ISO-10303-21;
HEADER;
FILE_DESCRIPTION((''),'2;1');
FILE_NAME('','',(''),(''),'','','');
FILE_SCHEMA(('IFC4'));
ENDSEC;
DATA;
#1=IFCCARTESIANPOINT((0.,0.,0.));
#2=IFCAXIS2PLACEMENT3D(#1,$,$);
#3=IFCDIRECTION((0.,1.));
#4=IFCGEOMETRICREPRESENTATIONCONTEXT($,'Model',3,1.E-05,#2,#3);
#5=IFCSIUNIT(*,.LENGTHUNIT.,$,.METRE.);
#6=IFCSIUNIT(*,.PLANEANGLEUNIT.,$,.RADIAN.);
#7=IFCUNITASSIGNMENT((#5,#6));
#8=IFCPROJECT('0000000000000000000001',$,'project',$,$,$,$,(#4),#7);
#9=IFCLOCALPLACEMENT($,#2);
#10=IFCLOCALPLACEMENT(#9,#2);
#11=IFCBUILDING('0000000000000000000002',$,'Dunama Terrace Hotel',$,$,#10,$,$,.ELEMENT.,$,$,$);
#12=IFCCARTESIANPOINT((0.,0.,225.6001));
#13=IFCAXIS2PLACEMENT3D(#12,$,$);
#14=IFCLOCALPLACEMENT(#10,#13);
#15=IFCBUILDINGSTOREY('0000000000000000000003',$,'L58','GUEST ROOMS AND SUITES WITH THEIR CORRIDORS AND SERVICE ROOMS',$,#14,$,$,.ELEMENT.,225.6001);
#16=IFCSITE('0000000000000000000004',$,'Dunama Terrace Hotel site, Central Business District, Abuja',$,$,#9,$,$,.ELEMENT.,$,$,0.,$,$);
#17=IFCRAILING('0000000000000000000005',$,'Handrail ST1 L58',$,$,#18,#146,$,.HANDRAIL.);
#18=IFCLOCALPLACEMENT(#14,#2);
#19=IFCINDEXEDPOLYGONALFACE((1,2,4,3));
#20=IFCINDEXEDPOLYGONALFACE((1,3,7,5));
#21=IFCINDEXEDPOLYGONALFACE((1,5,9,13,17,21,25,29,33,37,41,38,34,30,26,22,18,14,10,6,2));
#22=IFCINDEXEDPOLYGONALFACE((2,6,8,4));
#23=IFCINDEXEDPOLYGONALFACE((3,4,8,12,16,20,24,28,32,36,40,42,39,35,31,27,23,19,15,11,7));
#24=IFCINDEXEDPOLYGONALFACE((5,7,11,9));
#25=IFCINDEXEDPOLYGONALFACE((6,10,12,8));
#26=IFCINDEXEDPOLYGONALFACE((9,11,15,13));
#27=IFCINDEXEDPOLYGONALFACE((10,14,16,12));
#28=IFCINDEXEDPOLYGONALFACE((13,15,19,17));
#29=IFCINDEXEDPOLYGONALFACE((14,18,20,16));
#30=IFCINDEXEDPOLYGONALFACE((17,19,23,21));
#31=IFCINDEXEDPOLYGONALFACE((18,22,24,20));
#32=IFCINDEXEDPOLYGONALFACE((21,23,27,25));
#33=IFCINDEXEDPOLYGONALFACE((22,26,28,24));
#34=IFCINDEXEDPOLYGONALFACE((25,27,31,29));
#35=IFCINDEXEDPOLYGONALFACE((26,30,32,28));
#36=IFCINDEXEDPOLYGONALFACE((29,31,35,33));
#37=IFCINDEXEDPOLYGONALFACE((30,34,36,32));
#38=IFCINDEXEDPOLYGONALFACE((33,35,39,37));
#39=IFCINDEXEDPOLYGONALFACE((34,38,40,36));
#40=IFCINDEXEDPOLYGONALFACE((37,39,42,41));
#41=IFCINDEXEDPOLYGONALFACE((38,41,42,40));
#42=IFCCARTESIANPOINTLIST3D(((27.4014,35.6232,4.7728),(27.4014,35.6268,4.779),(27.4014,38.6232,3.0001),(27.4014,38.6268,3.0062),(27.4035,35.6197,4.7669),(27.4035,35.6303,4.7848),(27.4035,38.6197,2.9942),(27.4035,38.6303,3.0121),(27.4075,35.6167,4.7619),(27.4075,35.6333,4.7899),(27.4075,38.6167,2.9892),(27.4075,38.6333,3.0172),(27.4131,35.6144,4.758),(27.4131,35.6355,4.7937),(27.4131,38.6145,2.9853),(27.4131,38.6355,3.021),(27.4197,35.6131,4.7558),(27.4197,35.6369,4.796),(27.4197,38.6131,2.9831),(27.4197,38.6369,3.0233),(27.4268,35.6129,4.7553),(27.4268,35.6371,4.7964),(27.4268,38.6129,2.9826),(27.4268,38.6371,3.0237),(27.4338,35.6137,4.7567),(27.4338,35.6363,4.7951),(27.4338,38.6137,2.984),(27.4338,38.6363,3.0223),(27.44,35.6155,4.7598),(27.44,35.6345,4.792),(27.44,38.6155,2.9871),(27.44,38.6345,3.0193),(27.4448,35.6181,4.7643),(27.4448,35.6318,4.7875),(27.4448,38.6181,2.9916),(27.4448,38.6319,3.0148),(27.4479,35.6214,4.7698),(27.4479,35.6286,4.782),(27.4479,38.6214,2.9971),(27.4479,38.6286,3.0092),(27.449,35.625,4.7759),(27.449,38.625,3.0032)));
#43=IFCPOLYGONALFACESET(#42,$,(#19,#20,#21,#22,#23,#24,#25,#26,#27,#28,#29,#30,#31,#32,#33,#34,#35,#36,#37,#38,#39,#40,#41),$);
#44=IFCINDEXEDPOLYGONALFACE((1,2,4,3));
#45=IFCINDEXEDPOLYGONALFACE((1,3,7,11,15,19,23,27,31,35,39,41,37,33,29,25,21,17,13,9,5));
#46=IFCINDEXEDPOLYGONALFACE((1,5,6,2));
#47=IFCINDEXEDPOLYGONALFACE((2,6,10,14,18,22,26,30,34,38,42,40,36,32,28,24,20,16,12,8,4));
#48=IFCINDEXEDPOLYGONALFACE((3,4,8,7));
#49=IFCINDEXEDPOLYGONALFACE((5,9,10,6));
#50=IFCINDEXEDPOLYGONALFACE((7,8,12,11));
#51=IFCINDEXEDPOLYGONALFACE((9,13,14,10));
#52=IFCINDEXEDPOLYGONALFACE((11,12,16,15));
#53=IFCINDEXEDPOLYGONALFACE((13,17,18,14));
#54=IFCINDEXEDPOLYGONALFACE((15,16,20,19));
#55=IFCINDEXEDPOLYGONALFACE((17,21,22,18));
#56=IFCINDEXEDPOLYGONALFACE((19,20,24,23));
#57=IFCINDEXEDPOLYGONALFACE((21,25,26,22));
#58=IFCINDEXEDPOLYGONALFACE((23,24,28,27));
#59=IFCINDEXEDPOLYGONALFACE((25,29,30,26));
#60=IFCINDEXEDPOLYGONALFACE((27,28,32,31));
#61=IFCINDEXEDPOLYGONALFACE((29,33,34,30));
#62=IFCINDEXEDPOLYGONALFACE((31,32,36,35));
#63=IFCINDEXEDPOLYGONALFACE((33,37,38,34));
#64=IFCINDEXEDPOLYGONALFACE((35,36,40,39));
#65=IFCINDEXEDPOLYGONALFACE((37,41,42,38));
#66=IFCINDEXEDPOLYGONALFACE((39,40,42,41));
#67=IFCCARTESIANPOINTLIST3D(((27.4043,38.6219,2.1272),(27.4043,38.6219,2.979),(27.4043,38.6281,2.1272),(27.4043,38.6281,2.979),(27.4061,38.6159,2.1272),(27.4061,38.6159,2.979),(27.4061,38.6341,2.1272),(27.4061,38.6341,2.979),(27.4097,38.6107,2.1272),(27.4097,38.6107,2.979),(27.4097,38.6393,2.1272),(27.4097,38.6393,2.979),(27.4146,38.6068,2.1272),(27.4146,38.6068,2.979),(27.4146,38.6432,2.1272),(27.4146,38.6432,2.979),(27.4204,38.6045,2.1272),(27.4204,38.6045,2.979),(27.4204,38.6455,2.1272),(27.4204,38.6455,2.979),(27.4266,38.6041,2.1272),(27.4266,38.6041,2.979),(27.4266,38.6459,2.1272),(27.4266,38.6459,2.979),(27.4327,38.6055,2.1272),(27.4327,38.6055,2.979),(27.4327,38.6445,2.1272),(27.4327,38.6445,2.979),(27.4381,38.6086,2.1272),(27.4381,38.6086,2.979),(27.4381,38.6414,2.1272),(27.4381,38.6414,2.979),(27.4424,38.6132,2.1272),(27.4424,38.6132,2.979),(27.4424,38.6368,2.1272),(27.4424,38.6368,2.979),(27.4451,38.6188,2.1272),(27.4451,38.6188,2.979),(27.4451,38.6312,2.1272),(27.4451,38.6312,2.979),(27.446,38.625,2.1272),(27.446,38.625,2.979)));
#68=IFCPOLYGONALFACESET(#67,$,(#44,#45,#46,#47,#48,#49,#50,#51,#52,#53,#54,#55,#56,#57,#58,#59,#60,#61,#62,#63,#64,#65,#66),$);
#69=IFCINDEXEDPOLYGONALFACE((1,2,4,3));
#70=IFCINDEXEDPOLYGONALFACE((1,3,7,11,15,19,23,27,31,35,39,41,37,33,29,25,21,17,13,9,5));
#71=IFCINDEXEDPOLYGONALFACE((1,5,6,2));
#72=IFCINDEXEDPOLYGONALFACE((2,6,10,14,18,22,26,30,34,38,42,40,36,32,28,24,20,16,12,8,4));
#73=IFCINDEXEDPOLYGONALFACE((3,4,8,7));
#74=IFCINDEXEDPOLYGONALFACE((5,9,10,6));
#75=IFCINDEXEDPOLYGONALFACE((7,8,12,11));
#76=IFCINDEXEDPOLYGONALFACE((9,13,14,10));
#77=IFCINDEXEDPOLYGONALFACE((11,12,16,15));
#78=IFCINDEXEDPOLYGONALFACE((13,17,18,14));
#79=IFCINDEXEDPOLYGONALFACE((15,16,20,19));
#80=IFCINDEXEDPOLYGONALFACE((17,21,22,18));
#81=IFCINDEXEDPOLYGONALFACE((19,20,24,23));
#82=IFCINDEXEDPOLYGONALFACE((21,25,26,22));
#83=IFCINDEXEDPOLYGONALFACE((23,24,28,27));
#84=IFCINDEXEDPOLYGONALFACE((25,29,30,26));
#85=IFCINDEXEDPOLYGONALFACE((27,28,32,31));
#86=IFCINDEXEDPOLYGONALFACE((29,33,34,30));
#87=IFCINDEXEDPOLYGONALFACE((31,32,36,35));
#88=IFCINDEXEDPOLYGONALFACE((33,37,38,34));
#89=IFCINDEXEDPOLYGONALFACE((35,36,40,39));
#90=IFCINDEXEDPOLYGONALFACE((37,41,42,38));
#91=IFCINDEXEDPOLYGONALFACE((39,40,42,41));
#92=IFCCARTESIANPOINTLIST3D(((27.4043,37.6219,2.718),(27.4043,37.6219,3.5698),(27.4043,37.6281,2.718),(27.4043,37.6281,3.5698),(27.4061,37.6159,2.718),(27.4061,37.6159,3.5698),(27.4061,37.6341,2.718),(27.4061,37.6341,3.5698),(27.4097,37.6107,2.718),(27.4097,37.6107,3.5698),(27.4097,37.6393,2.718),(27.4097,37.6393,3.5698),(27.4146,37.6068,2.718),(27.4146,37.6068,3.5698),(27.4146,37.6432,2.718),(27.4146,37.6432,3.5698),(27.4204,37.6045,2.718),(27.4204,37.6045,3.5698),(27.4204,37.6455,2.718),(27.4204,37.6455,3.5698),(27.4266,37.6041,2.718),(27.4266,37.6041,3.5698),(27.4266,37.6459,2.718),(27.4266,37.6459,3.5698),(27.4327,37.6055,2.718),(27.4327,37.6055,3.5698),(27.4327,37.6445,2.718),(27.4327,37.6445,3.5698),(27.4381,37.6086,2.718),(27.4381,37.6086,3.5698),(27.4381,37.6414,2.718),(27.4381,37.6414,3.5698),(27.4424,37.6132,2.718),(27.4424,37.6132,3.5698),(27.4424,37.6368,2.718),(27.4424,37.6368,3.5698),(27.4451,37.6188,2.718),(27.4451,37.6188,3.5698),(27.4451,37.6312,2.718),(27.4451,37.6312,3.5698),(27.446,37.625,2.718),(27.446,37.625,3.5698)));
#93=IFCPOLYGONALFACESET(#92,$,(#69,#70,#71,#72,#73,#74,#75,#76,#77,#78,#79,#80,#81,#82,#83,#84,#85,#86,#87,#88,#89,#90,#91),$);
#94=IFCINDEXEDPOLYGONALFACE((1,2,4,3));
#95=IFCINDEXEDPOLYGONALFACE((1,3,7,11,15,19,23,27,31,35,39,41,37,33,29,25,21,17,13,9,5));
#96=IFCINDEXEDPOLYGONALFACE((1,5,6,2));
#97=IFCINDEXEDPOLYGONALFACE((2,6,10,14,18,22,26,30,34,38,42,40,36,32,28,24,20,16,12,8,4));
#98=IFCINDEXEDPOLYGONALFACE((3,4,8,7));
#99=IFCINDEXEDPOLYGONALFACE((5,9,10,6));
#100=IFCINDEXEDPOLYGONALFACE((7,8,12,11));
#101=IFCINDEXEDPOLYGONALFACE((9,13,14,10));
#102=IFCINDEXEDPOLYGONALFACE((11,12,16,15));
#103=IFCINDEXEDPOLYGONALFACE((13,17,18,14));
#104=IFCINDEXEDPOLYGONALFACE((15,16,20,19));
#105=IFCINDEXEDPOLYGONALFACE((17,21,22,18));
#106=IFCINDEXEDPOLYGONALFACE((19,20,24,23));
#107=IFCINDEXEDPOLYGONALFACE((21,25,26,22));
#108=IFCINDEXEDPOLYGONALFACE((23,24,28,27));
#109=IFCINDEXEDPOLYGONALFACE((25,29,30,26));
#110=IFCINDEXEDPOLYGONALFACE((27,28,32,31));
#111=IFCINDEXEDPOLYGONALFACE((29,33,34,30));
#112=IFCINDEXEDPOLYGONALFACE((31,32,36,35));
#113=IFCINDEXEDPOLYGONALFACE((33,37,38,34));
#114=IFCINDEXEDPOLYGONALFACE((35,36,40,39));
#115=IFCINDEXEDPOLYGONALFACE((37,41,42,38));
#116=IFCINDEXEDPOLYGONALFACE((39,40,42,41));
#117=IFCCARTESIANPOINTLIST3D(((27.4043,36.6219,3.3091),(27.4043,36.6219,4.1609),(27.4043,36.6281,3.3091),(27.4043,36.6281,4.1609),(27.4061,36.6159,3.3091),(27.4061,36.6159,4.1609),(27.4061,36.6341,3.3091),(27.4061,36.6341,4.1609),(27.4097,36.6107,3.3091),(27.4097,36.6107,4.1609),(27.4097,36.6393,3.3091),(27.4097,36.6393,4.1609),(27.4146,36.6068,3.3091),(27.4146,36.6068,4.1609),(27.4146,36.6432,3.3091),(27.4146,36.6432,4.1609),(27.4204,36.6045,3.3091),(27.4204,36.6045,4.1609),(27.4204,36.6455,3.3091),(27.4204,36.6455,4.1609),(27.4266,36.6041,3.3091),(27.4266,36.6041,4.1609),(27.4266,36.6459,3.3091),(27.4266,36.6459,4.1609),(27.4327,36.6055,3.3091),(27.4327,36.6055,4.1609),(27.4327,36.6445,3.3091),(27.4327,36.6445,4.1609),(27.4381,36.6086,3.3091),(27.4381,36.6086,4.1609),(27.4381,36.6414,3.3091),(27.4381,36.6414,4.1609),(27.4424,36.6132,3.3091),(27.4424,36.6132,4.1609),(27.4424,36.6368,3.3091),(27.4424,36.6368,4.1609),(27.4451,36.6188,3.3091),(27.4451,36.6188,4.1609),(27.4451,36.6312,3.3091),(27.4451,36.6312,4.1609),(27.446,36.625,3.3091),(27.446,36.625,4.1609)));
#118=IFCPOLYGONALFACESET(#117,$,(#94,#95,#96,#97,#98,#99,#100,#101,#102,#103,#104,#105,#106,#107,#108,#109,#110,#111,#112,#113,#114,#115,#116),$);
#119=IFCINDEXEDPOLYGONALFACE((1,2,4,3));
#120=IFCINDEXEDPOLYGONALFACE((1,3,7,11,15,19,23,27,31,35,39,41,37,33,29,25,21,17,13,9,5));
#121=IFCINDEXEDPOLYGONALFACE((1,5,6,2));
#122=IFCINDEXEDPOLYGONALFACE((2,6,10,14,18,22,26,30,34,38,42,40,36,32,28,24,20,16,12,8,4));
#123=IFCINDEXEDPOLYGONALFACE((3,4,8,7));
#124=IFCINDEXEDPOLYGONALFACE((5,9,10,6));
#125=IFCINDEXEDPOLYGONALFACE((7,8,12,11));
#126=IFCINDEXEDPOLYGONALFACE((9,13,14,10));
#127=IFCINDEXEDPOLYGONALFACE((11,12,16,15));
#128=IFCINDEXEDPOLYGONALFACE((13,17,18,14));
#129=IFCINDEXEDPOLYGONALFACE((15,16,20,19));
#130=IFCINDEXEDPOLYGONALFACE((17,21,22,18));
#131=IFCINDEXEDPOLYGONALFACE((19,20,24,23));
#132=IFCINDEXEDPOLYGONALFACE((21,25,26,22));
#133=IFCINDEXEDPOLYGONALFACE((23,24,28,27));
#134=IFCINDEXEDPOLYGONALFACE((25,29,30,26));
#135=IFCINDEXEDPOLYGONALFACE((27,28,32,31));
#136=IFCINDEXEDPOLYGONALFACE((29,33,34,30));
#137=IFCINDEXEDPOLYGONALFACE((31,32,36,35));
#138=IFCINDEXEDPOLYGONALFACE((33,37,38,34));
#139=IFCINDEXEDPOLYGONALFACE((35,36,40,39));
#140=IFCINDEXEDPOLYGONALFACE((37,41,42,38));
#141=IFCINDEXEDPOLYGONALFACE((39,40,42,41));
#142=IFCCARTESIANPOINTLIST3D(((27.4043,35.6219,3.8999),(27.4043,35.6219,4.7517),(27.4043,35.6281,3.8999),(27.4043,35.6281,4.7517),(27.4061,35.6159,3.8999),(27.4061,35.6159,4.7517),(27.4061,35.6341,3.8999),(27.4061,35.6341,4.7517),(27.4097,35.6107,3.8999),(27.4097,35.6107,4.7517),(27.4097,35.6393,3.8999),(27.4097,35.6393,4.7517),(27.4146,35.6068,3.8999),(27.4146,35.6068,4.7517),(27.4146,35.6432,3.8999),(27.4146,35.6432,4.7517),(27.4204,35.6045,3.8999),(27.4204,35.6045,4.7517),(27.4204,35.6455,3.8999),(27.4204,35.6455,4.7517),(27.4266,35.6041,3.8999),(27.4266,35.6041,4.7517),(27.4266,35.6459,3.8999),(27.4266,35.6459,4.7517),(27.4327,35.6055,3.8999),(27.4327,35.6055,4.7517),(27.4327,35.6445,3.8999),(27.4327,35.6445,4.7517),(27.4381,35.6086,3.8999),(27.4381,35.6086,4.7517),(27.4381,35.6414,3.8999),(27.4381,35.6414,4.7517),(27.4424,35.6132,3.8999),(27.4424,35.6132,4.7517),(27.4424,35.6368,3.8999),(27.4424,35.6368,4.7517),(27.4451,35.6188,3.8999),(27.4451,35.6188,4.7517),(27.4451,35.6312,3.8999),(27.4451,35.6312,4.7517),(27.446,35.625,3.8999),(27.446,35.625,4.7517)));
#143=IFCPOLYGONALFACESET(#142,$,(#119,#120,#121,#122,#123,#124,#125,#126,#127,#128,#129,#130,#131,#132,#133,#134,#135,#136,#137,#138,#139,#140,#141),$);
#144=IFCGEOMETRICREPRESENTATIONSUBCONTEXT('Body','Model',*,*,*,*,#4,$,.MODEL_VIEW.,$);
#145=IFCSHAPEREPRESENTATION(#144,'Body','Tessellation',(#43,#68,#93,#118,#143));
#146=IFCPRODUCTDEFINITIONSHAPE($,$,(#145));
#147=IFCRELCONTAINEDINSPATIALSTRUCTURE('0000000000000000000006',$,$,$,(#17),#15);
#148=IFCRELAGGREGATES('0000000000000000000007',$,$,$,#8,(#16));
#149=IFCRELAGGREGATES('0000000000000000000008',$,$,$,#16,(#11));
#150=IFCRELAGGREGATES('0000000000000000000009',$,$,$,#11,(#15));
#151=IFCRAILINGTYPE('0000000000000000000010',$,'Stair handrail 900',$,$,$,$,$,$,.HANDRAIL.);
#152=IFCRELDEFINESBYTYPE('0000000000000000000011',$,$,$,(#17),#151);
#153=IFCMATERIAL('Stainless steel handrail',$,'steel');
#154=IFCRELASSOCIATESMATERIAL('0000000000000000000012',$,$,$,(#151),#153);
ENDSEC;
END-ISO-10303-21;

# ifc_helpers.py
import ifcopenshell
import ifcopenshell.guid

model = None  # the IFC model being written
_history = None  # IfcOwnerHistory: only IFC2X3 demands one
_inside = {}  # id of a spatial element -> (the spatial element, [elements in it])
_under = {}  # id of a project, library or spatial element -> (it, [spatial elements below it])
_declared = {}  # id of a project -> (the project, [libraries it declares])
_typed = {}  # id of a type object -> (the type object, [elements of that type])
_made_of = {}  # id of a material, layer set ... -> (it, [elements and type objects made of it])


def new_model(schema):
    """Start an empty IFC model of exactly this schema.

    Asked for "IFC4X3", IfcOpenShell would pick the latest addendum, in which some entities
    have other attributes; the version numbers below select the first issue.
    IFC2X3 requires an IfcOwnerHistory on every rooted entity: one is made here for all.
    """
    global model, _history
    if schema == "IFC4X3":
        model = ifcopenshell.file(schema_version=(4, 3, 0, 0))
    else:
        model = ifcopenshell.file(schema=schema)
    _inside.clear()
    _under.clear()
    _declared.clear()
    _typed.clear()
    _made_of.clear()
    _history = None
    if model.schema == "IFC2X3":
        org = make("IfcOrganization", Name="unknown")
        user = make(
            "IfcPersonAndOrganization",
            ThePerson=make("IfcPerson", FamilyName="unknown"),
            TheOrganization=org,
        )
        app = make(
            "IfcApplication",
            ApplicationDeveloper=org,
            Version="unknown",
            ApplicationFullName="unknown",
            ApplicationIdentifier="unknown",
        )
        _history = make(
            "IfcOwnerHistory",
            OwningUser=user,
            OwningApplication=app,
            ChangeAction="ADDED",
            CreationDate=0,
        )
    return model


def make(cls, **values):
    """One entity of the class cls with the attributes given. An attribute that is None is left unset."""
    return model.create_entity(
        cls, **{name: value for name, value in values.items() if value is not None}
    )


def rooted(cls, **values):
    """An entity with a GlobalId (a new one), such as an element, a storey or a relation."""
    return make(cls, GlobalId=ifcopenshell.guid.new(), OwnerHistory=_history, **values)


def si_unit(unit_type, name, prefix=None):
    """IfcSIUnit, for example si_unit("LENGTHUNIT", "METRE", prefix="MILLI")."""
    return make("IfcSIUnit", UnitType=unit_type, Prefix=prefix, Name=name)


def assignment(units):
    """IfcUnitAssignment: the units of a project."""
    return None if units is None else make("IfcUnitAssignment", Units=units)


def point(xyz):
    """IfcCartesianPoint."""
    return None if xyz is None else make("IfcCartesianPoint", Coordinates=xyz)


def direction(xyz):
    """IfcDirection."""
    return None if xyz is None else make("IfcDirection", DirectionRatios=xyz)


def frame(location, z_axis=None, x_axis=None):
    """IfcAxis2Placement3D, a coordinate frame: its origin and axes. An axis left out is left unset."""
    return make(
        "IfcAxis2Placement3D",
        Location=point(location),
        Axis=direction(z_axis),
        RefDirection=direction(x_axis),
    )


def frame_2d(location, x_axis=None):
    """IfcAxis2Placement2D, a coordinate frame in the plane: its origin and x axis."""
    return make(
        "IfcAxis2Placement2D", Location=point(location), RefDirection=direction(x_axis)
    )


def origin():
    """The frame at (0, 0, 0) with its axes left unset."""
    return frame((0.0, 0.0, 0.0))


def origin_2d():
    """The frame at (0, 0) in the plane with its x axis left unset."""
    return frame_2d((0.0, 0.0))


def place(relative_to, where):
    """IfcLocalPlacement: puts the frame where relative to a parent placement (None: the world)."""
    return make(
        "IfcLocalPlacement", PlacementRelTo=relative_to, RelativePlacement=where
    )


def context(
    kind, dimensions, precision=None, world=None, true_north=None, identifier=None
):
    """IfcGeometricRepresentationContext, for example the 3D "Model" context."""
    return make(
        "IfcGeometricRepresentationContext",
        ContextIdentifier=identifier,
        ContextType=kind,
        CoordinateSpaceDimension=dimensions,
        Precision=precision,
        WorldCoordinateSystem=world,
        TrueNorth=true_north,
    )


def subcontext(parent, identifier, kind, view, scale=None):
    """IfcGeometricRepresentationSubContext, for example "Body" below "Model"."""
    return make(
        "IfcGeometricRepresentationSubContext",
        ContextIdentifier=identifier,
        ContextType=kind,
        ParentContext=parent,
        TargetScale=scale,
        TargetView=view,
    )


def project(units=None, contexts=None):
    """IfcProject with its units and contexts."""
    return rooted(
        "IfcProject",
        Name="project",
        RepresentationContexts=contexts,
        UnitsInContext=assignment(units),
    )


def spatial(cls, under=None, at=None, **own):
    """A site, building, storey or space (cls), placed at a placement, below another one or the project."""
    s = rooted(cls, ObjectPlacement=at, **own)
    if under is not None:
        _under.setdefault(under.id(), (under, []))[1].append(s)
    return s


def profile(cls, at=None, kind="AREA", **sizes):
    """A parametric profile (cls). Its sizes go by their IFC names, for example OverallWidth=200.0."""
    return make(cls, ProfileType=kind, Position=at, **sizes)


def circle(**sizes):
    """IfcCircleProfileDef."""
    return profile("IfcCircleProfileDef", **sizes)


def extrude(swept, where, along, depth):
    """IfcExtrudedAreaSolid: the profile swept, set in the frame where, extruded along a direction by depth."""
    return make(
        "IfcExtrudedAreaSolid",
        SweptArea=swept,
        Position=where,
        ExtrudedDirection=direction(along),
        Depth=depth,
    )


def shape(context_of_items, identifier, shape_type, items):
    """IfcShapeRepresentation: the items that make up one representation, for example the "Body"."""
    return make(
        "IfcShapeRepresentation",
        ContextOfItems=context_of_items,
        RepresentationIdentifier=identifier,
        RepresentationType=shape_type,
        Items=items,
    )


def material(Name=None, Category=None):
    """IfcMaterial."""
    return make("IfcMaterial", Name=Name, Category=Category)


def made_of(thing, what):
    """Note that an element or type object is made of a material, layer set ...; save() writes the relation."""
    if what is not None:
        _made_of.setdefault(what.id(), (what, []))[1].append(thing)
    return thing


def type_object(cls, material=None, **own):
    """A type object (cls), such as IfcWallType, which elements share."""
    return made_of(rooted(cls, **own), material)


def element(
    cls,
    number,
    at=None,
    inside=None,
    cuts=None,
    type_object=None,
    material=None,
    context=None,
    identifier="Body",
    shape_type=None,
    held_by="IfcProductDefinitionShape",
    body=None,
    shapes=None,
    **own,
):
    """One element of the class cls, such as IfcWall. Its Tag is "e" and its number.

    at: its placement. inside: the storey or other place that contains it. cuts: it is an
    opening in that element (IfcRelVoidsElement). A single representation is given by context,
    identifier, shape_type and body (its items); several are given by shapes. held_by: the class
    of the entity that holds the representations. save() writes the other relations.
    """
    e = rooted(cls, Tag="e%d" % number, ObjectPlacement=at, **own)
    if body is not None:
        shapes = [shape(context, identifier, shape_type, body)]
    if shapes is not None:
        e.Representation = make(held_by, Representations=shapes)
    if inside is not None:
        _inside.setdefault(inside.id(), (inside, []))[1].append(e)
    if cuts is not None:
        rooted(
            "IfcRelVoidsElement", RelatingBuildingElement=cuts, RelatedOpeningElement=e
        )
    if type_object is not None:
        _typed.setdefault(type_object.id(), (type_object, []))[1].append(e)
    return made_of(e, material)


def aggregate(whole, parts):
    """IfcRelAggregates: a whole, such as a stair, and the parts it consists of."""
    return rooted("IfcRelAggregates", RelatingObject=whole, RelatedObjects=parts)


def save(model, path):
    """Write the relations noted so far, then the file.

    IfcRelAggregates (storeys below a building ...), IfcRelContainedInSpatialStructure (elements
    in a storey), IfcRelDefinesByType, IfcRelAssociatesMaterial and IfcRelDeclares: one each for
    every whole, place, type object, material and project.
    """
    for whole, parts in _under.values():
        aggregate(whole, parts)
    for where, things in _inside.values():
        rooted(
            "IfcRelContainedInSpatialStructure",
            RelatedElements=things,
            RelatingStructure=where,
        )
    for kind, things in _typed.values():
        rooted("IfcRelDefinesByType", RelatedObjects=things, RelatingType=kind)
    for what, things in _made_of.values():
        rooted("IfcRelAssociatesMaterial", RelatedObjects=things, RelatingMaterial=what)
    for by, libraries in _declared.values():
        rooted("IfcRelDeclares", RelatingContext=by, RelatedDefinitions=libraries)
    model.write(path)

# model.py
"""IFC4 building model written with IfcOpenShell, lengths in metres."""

from ifc_helpers import new_model, si_unit, direction, frame, origin, origin_2d, place, context, subcontext, project, spatial, circle, extrude, material, type_object, element, save


model = new_model("IFC4")

# Units and contexts
model_context = context("Model", 3, precision=1e-05, world=origin(), true_north=direction((0.0, 1.0)))
body_context = subcontext(model_context, "Body", "Model", "MODEL_VIEW")
ifc_project = project(units=[si_unit("LENGTHUNIT", "METRE"), si_unit("PLANEANGLEUNIT", "RADIAN")], contexts=[model_context])

# Site, building, storey
site_placement = place(None, origin())
site = spatial("IfcSite", under=ifc_project, at=site_placement, Name="Dunama Terrace Hotel site, Central Business District, Abuja", CompositionType="ELEMENT", RefElevation=0.0)
building_placement = place(site_placement, origin())
building = spatial("IfcBuilding", under=site, at=building_placement, Name="Dunama Terrace Hotel", CompositionType="ELEMENT")
storey_placement = place(building_placement, frame((0.0, 0.0, 225.6001)))
storey = spatial("IfcBuildingStorey", under=building, at=storey_placement, Name="L58", Description="GUEST ROOMS AND SUITES WITH THEIR CORRIDORS AND SERVICE ROOMS", CompositionType="ELEMENT", Elevation=225.6001)

# Railing
ifc_material_1 = material(Name="Stainless steel handrail", Category="steel")
railing_type = type_object("IfcRailingType", Name="Stair handrail 900", PredefinedType="HANDRAIL", material=ifc_material_1)
railing_1_placement = place(storey_placement, frame((27.425, 38.625, 2.1272)))
element("IfcRailing", 1, at=railing_1_placement, inside=storey, type_object=railing_type, Name="Handrail ST1 L58", PredefinedType="HANDRAIL", context=body_context, shape_type="SweptSolid", body=[
    extrude(circle(Radius=0.0239, at=origin_2d()), frame((0.0, 0.0, 0.876), z_axis=(0.0, -0.860929, 0.508725), x_axis=(1.0, 0.0, 0.0)), (0.0, 0.0, 1.0), 3.4846),
    extrude(circle(Radius=0.021, at=origin_2d()), origin(), (0.0, 0.0, 1.0), 0.8518),
    extrude(circle(Radius=0.021, at=origin_2d()), frame((0.0, -1.0, 0.5908)), (0.0, 0.0, 1.0), 0.8518),
    extrude(circle(Radius=0.021, at=origin_2d()), frame((0.0, -2.0, 1.1819)), (0.0, 0.0, 1.0), 0.8518),
    extrude(circle(Radius=0.021, at=origin_2d()), frame((0.0, -3.0, 1.7727)), (0.0, 0.0, 1.0), 0.8518),
])

save(model, "model.ifc")
